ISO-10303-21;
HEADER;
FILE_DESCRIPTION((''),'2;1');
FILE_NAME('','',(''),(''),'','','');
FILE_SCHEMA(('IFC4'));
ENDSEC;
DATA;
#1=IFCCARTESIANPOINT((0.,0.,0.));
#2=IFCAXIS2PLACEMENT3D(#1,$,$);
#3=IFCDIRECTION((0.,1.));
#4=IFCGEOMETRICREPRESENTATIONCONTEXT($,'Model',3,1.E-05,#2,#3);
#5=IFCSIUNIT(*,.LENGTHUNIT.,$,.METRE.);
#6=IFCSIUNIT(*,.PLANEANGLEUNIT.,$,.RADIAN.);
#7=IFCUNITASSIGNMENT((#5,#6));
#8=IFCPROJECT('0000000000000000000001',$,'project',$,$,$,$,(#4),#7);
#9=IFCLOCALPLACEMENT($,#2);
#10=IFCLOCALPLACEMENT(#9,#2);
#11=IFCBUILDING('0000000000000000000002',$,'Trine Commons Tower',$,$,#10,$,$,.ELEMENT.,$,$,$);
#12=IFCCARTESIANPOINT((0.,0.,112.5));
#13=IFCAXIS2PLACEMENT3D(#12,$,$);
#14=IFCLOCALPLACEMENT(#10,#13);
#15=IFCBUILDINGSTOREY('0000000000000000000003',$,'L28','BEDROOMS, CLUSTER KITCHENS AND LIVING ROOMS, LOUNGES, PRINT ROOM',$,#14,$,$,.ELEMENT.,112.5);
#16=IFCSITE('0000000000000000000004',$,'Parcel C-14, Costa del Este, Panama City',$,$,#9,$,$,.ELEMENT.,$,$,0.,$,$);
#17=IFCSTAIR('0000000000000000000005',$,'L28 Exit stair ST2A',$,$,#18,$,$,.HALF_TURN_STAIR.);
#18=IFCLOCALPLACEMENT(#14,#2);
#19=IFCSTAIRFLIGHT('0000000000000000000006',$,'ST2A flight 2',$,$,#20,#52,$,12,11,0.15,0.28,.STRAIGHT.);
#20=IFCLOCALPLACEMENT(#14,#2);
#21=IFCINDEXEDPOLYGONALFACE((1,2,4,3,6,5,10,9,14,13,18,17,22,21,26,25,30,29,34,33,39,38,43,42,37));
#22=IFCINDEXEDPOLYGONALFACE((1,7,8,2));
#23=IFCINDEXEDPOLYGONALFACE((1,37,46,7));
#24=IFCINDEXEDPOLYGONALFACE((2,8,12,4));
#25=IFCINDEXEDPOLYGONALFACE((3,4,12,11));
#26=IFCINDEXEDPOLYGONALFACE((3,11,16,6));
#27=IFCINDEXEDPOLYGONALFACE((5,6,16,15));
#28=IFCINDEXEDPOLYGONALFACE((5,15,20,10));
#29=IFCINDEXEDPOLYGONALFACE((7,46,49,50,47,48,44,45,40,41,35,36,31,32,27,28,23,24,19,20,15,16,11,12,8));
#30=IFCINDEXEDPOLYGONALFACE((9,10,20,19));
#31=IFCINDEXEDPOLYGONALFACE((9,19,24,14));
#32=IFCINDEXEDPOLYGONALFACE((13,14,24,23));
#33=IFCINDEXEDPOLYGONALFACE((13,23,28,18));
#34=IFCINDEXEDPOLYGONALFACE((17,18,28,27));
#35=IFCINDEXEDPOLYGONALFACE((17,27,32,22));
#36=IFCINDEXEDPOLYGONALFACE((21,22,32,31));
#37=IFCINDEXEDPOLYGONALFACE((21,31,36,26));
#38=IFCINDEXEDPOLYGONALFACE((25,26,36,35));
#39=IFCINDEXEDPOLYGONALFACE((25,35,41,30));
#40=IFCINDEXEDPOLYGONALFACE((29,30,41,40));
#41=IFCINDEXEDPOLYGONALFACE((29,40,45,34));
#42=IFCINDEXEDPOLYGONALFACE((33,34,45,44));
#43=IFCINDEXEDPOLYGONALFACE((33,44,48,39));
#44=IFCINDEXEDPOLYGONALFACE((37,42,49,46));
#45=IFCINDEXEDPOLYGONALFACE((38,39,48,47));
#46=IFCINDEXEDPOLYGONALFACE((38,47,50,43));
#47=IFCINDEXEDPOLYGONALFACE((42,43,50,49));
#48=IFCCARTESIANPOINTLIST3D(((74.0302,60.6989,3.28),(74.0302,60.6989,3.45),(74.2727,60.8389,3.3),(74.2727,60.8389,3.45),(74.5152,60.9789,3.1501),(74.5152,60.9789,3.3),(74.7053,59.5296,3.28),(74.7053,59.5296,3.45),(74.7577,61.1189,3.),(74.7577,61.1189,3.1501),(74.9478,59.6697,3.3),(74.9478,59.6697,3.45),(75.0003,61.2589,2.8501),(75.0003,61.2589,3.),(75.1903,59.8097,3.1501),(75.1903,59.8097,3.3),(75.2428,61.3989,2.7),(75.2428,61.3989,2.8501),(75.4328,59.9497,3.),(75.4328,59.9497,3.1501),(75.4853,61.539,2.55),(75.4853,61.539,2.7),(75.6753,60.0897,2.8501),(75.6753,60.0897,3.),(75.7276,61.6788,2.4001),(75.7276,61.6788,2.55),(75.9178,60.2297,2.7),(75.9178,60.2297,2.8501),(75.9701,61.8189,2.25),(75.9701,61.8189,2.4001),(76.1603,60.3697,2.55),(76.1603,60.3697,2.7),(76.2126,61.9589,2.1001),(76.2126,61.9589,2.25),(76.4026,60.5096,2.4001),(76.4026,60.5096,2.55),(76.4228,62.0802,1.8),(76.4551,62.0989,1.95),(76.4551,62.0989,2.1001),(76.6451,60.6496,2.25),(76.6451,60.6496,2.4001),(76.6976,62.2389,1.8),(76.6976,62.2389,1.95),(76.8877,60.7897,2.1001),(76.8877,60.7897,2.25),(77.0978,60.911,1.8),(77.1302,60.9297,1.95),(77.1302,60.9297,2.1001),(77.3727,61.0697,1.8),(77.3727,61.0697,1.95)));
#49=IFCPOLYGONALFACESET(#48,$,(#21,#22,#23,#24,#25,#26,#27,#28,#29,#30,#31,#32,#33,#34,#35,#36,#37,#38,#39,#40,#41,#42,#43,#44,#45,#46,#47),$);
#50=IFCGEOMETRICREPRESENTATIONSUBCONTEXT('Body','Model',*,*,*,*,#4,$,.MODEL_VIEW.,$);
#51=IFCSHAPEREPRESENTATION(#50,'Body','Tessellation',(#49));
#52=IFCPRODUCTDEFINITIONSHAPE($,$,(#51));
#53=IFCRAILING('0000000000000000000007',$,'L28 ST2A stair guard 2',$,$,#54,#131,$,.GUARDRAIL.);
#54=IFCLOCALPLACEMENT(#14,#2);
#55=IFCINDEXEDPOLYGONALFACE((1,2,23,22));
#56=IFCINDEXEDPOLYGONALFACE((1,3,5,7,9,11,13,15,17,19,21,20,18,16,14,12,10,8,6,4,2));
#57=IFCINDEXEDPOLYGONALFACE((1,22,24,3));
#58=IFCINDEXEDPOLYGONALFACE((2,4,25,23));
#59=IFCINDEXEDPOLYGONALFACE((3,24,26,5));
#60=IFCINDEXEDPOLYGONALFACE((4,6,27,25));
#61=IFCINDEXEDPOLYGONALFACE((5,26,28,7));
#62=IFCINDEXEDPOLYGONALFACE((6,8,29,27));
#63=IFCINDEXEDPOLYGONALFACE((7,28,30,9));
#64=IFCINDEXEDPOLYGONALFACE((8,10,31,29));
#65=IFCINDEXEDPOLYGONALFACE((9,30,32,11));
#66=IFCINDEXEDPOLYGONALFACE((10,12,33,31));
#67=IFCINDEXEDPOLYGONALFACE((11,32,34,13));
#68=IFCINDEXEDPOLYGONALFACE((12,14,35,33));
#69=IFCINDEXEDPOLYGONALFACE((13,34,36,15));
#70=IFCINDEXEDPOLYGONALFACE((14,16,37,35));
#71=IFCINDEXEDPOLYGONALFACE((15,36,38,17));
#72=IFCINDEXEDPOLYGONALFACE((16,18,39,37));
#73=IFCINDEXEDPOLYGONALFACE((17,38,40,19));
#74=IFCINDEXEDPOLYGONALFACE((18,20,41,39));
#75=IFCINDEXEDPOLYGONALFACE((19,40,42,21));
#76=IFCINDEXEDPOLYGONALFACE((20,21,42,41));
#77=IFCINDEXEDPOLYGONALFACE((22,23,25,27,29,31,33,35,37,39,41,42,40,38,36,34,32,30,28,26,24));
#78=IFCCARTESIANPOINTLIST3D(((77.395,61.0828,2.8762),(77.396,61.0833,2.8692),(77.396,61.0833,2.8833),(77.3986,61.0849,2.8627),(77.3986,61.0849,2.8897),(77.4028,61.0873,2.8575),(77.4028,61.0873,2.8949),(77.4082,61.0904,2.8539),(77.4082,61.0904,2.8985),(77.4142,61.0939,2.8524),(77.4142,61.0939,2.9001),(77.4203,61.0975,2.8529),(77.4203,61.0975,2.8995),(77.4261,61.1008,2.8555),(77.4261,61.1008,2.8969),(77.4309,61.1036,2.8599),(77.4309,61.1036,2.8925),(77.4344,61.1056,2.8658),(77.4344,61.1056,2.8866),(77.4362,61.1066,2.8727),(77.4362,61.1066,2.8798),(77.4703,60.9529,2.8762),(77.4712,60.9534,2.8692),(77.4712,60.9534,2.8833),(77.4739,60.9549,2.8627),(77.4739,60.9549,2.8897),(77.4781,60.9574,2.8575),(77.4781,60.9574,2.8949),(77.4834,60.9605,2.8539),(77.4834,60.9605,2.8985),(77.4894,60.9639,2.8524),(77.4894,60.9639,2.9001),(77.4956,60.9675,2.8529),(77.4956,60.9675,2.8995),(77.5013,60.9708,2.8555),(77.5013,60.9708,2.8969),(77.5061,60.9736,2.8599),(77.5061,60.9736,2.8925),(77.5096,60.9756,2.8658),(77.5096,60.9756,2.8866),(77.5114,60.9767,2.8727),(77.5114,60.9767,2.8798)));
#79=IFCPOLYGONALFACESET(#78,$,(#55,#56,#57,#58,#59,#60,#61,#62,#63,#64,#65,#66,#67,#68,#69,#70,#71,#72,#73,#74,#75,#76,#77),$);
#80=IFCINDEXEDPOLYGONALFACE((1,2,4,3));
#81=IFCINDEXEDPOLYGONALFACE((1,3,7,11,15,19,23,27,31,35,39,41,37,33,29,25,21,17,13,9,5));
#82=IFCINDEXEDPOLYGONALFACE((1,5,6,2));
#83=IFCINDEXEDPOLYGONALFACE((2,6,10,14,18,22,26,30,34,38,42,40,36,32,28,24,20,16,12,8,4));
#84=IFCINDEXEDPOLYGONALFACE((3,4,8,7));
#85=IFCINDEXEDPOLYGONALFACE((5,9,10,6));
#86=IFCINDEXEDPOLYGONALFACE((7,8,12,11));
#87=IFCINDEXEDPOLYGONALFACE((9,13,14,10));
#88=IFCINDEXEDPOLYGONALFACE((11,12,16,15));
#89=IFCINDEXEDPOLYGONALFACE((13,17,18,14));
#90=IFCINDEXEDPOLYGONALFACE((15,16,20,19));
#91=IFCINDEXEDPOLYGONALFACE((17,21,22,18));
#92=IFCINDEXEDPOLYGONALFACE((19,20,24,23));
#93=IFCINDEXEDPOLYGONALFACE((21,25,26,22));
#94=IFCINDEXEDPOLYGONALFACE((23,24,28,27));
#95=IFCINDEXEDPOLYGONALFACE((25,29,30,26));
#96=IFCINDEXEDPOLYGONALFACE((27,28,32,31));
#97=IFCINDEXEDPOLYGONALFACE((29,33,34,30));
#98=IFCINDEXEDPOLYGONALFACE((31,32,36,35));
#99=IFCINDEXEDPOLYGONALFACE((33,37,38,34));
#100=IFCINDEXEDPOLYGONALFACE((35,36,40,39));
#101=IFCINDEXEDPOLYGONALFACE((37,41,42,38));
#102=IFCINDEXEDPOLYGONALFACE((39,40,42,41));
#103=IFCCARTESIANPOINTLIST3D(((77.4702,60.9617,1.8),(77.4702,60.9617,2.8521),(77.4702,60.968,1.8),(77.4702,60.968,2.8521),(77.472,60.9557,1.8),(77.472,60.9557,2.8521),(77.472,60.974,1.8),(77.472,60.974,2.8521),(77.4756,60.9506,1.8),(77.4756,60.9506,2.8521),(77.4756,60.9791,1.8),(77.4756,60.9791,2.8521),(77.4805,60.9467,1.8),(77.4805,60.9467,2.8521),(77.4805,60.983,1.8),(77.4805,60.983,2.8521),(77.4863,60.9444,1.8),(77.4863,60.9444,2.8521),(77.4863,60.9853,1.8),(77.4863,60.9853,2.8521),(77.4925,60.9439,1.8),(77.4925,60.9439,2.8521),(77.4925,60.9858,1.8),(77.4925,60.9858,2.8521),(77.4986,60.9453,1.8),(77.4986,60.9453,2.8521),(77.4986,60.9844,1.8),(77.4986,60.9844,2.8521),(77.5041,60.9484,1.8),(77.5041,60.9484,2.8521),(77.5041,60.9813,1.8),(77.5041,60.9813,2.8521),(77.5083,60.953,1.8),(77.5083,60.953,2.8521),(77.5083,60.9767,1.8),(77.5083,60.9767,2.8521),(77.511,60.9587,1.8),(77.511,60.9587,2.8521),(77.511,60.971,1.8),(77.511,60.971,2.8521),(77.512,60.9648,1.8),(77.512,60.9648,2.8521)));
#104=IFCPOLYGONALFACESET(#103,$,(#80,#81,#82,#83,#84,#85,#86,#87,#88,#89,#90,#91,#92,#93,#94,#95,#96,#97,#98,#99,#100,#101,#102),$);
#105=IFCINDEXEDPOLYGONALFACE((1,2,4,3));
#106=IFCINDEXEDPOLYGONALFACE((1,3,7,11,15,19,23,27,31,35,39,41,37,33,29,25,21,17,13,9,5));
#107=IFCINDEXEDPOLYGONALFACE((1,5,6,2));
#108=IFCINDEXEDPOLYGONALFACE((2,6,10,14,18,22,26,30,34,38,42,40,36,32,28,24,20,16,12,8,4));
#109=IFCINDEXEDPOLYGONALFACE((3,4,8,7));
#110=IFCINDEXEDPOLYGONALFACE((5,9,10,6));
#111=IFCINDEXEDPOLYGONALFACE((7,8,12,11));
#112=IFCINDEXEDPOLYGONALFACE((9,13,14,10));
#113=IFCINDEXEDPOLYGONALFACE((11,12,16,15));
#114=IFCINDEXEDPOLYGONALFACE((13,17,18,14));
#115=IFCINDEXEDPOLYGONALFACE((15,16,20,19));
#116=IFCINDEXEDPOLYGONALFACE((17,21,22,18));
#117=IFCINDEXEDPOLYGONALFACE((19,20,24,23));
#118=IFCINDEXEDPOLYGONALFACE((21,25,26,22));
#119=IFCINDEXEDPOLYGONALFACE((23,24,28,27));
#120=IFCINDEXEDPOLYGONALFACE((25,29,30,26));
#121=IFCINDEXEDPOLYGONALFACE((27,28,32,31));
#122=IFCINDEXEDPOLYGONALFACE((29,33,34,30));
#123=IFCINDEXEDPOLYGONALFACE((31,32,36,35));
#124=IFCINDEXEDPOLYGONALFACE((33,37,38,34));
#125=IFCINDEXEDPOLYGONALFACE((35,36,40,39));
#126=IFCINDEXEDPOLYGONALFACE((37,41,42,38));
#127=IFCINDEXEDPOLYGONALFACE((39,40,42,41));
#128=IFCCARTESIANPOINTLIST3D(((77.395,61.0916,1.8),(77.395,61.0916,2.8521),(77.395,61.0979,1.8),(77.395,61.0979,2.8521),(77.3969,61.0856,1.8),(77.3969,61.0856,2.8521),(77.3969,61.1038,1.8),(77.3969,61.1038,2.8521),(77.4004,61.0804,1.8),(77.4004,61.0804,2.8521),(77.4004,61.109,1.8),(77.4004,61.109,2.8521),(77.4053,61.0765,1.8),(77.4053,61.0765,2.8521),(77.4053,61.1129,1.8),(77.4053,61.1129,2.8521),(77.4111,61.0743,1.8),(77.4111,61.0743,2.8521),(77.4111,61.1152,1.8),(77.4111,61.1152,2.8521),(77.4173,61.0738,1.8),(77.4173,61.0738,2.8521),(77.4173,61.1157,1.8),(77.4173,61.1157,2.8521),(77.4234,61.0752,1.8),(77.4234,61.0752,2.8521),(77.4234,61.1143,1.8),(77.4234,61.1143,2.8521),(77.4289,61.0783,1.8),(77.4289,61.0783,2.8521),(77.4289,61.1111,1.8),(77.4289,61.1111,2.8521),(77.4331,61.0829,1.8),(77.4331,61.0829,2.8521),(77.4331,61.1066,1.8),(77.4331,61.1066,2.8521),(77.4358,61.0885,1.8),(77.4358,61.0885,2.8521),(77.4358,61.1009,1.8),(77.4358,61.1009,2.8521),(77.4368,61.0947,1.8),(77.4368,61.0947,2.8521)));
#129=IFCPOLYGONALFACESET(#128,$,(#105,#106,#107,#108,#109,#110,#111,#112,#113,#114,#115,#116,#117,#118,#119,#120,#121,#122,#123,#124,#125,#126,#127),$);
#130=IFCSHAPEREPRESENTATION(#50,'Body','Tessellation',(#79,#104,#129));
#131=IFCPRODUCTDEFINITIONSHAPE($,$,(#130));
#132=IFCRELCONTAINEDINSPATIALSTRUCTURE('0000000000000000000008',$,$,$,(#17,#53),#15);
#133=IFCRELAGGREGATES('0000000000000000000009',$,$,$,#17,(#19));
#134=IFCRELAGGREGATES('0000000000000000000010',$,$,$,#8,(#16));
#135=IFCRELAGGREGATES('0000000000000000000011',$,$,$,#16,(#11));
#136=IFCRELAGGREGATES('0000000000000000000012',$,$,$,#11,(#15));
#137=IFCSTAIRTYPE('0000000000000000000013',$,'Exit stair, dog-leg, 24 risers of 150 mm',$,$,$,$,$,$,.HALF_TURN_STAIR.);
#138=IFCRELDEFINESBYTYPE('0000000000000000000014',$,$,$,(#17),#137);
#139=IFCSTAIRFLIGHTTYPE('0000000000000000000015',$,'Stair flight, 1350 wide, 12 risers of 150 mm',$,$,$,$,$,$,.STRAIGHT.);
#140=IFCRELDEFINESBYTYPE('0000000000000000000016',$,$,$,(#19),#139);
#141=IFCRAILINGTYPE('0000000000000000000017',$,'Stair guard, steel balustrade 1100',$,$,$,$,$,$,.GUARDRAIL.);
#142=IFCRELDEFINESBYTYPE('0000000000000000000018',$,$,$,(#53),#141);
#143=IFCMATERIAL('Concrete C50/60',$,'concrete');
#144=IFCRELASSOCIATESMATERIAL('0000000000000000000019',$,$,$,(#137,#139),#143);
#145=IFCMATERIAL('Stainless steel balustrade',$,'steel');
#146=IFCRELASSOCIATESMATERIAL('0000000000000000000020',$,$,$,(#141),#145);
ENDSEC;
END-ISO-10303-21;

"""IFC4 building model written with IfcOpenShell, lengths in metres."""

from ifc_helpers import new_model, si_unit, direction, frame, origin, origin_2d, place, context, subcontext, project, spatial, polyline, circle, outline, extrude, material, type_object, element, aggregate, save


model = new_model("IFC4")

# Units and contexts
model_context = context("Model", 3, precision=1e-05, world=origin(), true_north=direction((0.0, 1.0)))
body_context = subcontext(model_context, "Body", "Model", "MODEL_VIEW")
ifc_project = project(units=[si_unit("LENGTHUNIT", "METRE"), si_unit("PLANEANGLEUNIT", "RADIAN")], contexts=[model_context])

# Site, building, storey
site_placement = place(None, origin())
site = spatial("IfcSite", under=ifc_project, at=site_placement, Name="Parcel C-14, Costa del Este, Panama City", CompositionType="ELEMENT", RefElevation=0.0)
building_placement = place(site_placement, origin())
building = spatial("IfcBuilding", under=site, at=building_placement, Name="Trine Commons Tower", CompositionType="ELEMENT")
storey_placement = place(building_placement, frame((0.0, 0.0, 112.5)))
storey = spatial("IfcBuildingStorey", under=building, at=storey_placement, Name="L28", Description="BEDROOMS, CLUSTER KITCHENS AND LIVING ROOMS, LOUNGES, PRINT ROOM", CompositionType="ELEMENT", Elevation=112.5)

# Stair, stair flight
ifc_material_1 = material(Name="Concrete C50/60", Category="concrete")
stair_type = type_object("IfcStairType", Name="Exit stair, dog-leg, 24 risers of 150 mm", PredefinedType="HALF_TURN_STAIR", material=ifc_material_1)
stair_placement = place(storey_placement, origin())
stair = element("IfcStair", 1, at=stair_placement, inside=storey, type_object=stair_type, Name="L28 Exit stair ST2A", PredefinedType="HALF_TURN_STAIR")
stair_flight_type = type_object("IfcStairFlightType", Name="Stair flight, 1350 wide, 12 risers of 150 mm", PredefinedType="STRAIGHT", material=ifc_material_1)
stair_flight_placement = place(storey_placement, frame((77.0352, 61.6543, 1.8), z_axis=(0.0, 0.0, 1.0), x_axis=(-0.866025, -0.5, 0.0)))
stair_flight = element("IfcStairFlight", 2, at=stair_flight_placement, type_object=stair_flight_type, Name="ST2A flight 2", NumberOfRisers=12, NumberOfTreads=11, PredefinedType="STRAIGHT", RiserHeight=0.15, TreadLength=0.28, context=body_context, shape_type="SweptSolid", body=[
    extrude(outline(polyline([(0.0, 0.0), (0.0, 0.1499), (0.28, 0.1499), (0.28, 0.3), (0.5601, 0.3), (0.5601, 0.45), (0.8401, 0.45), (0.8401, 0.6001), (1.1201, 0.6001), (1.1201, 0.75), (1.3999, 0.75), (1.3999, 0.8999), (1.6799, 0.8999), (1.6799, 1.05), (1.96, 1.05), (1.96, 1.2), (2.24, 1.2), (2.24, 1.3501), (2.52, 1.3501), (2.52, 1.5), (2.8, 1.5), (2.8, 1.6499), (3.0801, 1.6499), (3.0801, 1.8), (3.0801, 1.48), (0.3174, 0.0), (0.0, 0.0)])), frame((0.0, 0.675, 0.0), z_axis=(0.0, -1.0, 0.0), x_axis=(1.0, 0.0, 0.0)), (0.0, 0.0, 1.0), 1.3501),
])
aggregate(stair, [stair_flight])

# Railing
ifc_material_2 = material(Name="Stainless steel balustrade", Category="steel")
railing_type_1 = type_object("IfcRailingType", Name="Stair guard, steel balustrade 1100", PredefinedType="GUARDRAIL", material=ifc_material_2)
railing_1_placement = place(storey_placement, frame((77.491, 60.9648, 1.8)))
element("IfcRailing", 3, at=railing_1_placement, inside=storey, type_object=railing_type_1, Name="L28 ST2A stair guard 2", PredefinedType="GUARDRAIL", context=body_context, shape_type="SweptSolid", body=[
    extrude(circle(Radius=0.0239, at=origin_2d()), frame((0.0, 0.0, 1.0762), z_axis=(-0.501036, 0.865426, 0.0), x_axis=(-0.865426, -0.501036, 0.0)), (0.0, 0.0, 1.0), 0.1501),
    extrude(circle(Radius=0.021, at=origin_2d()), origin(), (0.0, 0.0, 1.0), 1.052),
    extrude(circle(Radius=0.021, at=origin_2d()), frame((-0.0752, 0.1299, 0.0)), (0.0, 0.0, 1.0), 1.052),
])

save(model, "model.ifc")
